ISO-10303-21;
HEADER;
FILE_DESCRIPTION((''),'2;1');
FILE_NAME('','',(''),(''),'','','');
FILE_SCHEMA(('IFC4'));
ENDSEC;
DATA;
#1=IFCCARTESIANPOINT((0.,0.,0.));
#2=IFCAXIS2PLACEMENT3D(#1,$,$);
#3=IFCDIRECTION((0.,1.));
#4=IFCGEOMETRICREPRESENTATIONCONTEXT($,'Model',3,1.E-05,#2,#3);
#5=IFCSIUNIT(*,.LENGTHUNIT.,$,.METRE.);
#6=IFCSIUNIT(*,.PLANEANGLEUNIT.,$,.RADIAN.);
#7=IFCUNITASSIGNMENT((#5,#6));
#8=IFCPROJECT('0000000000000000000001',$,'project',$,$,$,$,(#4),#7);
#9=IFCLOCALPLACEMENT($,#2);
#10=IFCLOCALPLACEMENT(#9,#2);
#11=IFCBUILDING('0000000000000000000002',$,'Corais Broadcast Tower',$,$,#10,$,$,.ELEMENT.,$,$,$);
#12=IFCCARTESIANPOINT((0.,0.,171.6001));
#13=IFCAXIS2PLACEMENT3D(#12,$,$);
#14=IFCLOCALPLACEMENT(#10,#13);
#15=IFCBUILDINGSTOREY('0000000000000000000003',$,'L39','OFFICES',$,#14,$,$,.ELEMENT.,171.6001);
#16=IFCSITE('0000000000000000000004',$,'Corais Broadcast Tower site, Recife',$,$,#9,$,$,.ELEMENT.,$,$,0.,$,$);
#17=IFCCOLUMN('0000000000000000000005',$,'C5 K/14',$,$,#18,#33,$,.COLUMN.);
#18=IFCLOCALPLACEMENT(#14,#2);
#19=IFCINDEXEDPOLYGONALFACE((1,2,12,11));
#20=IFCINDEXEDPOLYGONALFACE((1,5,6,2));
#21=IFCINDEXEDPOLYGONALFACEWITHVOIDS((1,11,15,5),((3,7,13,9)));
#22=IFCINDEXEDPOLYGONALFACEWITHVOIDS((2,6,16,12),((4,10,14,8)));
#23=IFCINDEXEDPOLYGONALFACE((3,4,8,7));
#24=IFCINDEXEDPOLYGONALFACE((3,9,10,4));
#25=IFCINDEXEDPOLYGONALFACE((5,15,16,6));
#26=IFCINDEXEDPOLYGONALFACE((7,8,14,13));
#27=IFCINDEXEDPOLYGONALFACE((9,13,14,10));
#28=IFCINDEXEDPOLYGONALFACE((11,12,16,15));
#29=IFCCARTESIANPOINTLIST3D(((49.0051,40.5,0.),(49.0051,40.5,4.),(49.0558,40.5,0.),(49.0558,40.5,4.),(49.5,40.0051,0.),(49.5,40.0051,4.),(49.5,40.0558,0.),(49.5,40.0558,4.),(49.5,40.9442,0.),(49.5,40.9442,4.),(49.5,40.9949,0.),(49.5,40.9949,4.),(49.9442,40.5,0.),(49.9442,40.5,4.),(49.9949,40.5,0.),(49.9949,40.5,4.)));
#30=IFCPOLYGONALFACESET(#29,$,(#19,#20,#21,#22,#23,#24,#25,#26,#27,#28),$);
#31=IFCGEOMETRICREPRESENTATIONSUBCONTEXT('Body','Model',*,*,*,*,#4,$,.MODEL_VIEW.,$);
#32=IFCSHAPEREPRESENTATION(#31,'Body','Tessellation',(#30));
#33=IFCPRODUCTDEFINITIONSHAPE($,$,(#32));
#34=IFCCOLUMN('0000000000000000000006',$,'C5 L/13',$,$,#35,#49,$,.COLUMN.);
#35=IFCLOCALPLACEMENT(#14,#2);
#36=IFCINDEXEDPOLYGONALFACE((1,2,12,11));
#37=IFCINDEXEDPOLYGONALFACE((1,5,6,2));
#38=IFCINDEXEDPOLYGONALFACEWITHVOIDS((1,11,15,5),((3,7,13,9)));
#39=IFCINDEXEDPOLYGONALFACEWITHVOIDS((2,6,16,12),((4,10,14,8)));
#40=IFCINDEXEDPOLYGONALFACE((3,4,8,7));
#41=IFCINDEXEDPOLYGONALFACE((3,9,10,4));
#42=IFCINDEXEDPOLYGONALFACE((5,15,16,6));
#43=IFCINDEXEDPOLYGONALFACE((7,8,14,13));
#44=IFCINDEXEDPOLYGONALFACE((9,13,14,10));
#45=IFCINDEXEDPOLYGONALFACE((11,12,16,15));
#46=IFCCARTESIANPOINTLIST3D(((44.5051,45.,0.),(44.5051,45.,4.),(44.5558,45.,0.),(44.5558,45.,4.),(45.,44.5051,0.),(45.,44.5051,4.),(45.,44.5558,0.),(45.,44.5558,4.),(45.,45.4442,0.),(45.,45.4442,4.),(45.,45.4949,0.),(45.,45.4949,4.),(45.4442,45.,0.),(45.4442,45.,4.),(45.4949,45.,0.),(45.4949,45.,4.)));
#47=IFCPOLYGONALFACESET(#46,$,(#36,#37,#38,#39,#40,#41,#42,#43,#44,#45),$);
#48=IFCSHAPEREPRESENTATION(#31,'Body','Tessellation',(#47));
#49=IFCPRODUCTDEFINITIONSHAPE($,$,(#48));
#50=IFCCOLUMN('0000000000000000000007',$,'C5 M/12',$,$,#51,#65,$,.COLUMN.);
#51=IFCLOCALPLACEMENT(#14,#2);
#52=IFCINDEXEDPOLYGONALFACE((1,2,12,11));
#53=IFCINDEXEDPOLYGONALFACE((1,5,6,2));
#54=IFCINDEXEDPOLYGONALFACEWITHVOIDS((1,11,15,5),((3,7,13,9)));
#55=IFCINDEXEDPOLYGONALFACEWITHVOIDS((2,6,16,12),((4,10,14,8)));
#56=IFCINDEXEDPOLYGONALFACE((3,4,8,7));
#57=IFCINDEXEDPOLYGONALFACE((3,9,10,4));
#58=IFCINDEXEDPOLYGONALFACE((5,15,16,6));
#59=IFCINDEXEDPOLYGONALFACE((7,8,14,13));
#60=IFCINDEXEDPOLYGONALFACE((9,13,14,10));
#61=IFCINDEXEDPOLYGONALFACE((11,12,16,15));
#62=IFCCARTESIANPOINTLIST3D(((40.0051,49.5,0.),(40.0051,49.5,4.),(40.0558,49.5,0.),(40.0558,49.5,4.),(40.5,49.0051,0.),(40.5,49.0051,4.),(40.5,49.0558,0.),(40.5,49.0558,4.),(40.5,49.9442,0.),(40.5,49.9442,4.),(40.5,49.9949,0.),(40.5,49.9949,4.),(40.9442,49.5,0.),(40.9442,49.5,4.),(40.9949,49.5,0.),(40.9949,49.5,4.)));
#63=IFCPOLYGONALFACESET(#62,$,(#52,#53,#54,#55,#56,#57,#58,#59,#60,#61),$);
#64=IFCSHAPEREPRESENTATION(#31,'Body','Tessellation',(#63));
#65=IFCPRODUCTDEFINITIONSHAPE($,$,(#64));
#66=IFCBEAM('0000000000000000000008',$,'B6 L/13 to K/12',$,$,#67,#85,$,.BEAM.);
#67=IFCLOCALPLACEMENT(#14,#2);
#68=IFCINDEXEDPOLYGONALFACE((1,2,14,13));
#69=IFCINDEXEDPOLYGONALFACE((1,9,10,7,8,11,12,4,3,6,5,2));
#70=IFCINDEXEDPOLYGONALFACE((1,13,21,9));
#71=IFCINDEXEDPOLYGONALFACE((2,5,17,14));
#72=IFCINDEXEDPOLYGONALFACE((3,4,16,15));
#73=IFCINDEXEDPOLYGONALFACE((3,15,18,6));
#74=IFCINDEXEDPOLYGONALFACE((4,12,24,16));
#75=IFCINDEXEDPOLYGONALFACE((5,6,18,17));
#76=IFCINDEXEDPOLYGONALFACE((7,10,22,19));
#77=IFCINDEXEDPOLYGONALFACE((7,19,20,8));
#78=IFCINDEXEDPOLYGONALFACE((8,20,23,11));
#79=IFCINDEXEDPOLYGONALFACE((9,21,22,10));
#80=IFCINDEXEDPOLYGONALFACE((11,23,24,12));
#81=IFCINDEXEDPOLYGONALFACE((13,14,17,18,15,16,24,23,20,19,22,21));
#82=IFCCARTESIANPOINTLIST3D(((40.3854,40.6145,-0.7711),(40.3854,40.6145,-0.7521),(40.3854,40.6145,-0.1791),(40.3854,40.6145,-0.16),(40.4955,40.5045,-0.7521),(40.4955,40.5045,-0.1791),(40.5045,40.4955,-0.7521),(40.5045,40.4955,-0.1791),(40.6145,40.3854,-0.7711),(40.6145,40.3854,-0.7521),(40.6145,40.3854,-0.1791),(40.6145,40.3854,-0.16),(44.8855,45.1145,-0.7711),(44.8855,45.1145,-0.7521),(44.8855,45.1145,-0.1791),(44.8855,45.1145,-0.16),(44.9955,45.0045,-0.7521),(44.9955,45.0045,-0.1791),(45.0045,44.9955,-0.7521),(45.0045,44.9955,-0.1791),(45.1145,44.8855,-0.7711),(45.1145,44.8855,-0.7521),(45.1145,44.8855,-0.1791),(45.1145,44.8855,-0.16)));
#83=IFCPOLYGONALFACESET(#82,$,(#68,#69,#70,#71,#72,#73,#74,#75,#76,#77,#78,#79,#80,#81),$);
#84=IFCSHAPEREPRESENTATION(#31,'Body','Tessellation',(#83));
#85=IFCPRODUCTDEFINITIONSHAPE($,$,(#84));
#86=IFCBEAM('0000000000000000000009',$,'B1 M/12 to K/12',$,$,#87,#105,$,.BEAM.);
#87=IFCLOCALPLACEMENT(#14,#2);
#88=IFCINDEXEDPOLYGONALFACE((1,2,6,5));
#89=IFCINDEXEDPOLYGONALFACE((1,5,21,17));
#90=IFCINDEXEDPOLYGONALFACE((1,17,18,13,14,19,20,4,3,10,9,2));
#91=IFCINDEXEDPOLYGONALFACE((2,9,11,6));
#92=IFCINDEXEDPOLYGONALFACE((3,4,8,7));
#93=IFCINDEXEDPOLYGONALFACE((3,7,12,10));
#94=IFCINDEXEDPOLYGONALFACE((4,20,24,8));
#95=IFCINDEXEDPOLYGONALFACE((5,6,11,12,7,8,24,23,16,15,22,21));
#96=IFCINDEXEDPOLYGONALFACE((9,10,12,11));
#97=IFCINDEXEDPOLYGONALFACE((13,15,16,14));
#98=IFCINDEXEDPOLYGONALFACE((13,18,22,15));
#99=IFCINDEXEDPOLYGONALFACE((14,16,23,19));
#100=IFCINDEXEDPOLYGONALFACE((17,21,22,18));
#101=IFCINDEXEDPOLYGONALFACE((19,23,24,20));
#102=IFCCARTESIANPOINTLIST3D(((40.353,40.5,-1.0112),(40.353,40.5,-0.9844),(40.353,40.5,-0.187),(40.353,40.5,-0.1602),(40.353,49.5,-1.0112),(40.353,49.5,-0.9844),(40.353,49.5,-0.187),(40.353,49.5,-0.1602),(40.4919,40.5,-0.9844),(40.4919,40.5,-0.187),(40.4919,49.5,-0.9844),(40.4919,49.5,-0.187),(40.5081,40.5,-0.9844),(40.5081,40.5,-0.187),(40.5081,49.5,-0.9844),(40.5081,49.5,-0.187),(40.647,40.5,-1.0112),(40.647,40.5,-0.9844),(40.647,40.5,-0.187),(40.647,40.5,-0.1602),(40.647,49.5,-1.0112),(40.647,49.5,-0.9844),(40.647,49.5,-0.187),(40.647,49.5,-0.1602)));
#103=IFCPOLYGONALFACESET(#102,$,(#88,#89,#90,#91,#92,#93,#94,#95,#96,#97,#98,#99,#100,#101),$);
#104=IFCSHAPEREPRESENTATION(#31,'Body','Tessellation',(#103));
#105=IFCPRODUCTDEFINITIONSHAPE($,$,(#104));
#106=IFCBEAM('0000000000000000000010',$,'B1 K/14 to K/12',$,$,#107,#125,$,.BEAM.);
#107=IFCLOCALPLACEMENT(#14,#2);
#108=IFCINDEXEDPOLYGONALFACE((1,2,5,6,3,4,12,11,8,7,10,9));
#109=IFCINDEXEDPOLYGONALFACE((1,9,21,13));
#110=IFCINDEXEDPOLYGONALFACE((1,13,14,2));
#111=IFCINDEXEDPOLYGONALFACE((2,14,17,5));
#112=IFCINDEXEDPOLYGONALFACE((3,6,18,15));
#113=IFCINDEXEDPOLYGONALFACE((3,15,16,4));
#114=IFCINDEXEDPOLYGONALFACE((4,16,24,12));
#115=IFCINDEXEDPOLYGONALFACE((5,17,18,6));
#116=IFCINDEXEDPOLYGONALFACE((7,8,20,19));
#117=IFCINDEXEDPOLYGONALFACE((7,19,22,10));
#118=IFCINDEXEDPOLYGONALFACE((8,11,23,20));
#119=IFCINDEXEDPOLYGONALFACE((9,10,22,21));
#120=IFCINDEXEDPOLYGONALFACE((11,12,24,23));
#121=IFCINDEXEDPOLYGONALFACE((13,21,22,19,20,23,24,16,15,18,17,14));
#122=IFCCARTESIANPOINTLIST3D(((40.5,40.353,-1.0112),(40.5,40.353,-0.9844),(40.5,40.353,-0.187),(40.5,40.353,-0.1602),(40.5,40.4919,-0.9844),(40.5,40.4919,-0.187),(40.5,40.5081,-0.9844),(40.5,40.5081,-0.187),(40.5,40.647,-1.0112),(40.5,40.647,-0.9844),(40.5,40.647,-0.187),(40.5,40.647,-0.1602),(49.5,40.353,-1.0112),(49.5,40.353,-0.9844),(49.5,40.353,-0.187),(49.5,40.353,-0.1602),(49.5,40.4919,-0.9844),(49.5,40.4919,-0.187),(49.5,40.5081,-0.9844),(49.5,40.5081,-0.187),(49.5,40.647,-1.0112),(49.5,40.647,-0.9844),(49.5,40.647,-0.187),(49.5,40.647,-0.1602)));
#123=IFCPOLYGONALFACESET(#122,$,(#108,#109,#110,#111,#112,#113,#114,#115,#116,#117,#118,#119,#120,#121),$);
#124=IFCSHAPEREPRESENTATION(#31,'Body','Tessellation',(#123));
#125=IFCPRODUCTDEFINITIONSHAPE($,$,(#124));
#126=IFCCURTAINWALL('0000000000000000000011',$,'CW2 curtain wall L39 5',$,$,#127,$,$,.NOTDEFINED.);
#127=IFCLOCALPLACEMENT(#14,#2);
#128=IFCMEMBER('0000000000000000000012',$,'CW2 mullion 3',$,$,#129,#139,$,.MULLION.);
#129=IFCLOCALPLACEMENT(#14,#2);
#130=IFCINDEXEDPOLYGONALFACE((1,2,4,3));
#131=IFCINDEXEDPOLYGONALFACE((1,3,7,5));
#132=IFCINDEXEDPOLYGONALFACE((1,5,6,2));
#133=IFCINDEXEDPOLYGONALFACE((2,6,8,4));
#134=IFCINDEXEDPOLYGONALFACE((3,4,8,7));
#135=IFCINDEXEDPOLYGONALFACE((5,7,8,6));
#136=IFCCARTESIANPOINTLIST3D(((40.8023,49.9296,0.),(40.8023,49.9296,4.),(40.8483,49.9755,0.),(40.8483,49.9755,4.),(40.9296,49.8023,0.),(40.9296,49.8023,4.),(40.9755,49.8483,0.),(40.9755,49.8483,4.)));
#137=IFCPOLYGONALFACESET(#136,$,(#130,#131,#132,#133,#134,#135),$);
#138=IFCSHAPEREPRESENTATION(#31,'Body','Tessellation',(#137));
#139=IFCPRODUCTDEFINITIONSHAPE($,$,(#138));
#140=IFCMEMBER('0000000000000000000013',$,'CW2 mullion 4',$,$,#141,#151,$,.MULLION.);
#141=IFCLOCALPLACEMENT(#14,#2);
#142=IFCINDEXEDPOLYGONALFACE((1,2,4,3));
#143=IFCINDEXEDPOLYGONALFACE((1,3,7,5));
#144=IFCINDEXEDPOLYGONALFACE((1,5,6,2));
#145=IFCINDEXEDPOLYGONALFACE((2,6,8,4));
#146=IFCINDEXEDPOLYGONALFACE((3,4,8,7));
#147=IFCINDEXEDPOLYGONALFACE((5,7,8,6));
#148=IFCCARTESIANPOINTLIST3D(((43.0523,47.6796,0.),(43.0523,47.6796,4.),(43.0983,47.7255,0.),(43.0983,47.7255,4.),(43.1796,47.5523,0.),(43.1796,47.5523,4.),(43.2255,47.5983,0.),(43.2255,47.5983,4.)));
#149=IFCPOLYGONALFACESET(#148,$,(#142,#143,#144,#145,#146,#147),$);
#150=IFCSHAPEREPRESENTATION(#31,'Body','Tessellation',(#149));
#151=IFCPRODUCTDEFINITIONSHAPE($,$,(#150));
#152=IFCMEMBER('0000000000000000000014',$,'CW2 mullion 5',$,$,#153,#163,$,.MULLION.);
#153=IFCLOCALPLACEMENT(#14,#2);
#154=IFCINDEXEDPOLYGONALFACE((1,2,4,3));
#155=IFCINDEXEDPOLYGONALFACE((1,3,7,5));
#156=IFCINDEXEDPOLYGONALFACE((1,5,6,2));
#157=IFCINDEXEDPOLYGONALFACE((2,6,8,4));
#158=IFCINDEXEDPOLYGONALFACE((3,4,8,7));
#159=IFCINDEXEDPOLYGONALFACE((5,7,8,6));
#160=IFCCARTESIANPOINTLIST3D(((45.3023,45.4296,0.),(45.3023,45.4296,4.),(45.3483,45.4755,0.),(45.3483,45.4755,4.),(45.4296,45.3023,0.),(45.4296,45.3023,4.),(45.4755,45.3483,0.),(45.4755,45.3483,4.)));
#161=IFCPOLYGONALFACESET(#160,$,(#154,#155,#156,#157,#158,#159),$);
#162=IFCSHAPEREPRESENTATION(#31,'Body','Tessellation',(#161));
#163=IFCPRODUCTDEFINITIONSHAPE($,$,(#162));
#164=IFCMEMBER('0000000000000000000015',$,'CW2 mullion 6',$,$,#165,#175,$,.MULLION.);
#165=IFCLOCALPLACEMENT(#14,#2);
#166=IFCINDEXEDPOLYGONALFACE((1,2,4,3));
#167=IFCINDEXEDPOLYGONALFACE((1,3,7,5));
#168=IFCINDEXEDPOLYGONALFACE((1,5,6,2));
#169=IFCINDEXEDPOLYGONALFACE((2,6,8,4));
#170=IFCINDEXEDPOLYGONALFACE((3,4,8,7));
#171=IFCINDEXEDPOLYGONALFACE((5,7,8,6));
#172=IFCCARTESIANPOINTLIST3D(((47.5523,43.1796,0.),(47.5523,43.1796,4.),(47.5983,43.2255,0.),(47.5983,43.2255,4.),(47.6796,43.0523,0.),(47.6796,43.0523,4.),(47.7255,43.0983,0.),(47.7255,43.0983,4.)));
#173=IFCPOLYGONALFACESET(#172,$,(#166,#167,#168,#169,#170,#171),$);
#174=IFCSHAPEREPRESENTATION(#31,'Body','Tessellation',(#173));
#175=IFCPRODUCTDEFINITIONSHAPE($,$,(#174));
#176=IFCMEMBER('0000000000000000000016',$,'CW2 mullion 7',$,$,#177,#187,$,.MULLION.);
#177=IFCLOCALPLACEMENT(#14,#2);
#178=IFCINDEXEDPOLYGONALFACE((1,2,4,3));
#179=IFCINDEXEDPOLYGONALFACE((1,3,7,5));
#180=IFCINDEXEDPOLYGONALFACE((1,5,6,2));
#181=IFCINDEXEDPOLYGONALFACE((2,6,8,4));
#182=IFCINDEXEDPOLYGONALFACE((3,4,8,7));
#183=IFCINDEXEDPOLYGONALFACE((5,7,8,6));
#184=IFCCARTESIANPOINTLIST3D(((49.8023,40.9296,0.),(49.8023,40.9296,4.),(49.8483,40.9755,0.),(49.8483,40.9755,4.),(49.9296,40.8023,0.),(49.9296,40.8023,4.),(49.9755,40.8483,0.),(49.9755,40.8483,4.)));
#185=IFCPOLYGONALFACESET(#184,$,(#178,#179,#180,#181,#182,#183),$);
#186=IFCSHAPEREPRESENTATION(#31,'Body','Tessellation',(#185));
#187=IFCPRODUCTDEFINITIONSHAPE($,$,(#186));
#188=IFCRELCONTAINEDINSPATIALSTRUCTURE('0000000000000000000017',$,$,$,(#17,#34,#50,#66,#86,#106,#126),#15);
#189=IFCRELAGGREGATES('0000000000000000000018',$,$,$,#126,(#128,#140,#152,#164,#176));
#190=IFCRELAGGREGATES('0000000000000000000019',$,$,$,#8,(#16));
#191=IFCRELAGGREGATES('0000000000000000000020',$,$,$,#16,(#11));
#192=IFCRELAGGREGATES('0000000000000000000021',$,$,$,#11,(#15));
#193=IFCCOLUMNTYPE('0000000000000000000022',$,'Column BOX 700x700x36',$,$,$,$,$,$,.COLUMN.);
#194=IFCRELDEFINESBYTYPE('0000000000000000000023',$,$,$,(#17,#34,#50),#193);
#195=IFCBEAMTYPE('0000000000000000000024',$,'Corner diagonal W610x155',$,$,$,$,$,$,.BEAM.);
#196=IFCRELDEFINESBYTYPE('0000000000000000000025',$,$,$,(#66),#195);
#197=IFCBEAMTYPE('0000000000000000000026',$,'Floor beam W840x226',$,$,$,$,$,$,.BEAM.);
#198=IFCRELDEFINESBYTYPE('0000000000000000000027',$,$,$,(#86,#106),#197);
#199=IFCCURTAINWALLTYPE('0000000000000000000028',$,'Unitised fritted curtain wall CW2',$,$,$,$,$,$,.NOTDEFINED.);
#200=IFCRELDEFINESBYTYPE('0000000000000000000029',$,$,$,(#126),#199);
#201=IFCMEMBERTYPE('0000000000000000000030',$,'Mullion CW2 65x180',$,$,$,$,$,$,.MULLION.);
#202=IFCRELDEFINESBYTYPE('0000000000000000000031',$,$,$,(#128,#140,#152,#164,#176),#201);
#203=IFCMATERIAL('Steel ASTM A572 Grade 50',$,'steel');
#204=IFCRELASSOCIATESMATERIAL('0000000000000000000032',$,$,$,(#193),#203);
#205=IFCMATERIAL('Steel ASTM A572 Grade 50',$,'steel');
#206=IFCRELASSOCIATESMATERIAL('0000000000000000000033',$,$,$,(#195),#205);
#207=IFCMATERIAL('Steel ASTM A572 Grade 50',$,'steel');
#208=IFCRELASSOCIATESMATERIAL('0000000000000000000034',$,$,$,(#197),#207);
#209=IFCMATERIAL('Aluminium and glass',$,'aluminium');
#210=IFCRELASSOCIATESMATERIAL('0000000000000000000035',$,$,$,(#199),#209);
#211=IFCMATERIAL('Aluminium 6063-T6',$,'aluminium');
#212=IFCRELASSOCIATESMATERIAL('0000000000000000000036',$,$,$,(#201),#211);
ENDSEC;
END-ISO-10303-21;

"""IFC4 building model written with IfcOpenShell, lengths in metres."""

from ifc_helpers import new_model, si_unit, direction, frame, origin, origin_2d, place, context, subcontext, project, spatial, rectangle, hollow_rectangle, i_section, extrude, material, material_profile, profile_set, type_object, element, aggregate, save


model = new_model("IFC4")

# Units and contexts
model_context = context("Model", 3, precision=1e-05, world=origin(), true_north=direction((0.0, 1.0)))
body_context = subcontext(model_context, "Body", "Model", "MODEL_VIEW")
ifc_project = project(units=[si_unit("LENGTHUNIT", "METRE"), si_unit("PLANEANGLEUNIT", "RADIAN")], contexts=[model_context])

# Site, building, storey
site_placement = place(None, origin())
site = spatial("IfcSite", under=ifc_project, at=site_placement, Name="Corais Broadcast Tower site, Recife", CompositionType="ELEMENT", RefElevation=0.0)
building_placement = place(site_placement, origin())
building = spatial("IfcBuilding", under=site, at=building_placement, Name="Corais Broadcast Tower", CompositionType="ELEMENT")
storey_placement = place(building_placement, frame((0.0, 0.0, 171.6001)))
storey = spatial("IfcBuildingStorey", under=building, at=storey_placement, Name="L39", Description="OFFICES", CompositionType="ELEMENT", Elevation=171.6001)

# Columns
ifc_material_1 = material(Name="Steel ASTM A572 Grade 50", Category="steel")
ifc_material_profile_1 = material_profile(ifc_material_1, hollow_rectangle(XDim=0.7, YDim=0.7, WallThickness=0.0359, at=origin_2d()), Name="BOX 700x700x36")
ifc_profile_set_1 = profile_set([ifc_material_profile_1], Name="Steel ASTM A572 Grade 50")
column_type = type_object("IfcColumnType", Name="Column BOX 700x700x36", PredefinedType="COLUMN", material=ifc_profile_set_1)
for number, where, z_axis, x_axis, name in (
    (1, (49.5, 40.5, 0.0), (0.0, 0.0, 1.0), (0.707107, 0.707107, 0.0), "C5 K/14"),
    (2, (45.0, 45.0, 0.0), (0.0, 0.0, 1.0), (0.707107, 0.707107, 0.0), "C5 L/13"),
    (3, (40.5, 49.5, 0.0), (0.0, 0.0, 1.0), (0.707107, 0.707107, 0.0), "C5 M/12"),
):
    element("IfcColumn", number, at=place(storey_placement, frame(where, z_axis=z_axis, x_axis=x_axis)), inside=storey, type_object=column_type, Name=name, PredefinedType="COLUMN", context=body_context, shape_type="SweptSolid", body=[
        extrude(hollow_rectangle(XDim=0.7, YDim=0.7, WallThickness=0.0359, at=origin_2d()), origin(), (0.0, 0.0, 1.0), 4.0),
    ])

# Beams
ifc_material_2 = material(Name="Steel ASTM A572 Grade 50", Category="steel")
ifc_material_profile_2 = material_profile(ifc_material_2, i_section(OverallWidth=0.324, OverallDepth=0.6111, WebThickness=0.0127, FlangeThickness=0.019, at=origin_2d()), Name="W610x155")
ifc_profile_set_2 = profile_set([ifc_material_profile_2], Name="Steel ASTM A572 Grade 50")
beam_type_1 = type_object("IfcBeamType", Name="Corner diagonal W610x155", PredefinedType="BEAM", material=ifc_profile_set_2)
beam_placement = place(storey_placement, frame((45.0, 45.0, -0.4656), z_axis=(-0.707107, -0.707107, 0.0), x_axis=(0.707107, -0.707107, 0.0)))
element("IfcBeam", 4, at=beam_placement, inside=storey, type_object=beam_type_1, Name="B6 L/13 to K/12", PredefinedType="BEAM", context=body_context, shape_type="SweptSolid", body=[
    extrude(i_section(OverallWidth=0.324, OverallDepth=0.6111, WebThickness=0.0127, FlangeThickness=0.019, at=origin_2d()), origin(), (0.0, 0.0, 1.0), 6.364),
])
ifc_material_3 = material(Name="Steel ASTM A572 Grade 50", Category="steel")
ifc_material_profile_3 = material_profile(ifc_material_3, i_section(OverallWidth=0.2939, OverallDepth=0.8511, WebThickness=0.0161, FlangeThickness=0.0269, at=origin_2d()), Name="W840x226")
ifc_profile_set_3 = profile_set([ifc_material_profile_3], Name="Steel ASTM A572 Grade 50")
beam_type_2 = type_object("IfcBeamType", Name="Floor beam W840x226", PredefinedType="BEAM", material=ifc_profile_set_3)
for number, where, z_axis, x_axis, name in (
    (5, (40.5, 49.5, -0.5857), (0.0, -1.0, 0.0), (1.0, 0.0, 0.0), "B1 M/12 to K/12"),
    (6, (49.5, 40.5, -0.5857), (-1.0, 0.0, 0.0), (0.0, -1.0, 0.0), "B1 K/14 to K/12"),
):
    element("IfcBeam", number, at=place(storey_placement, frame(where, z_axis=z_axis, x_axis=x_axis)), inside=storey, type_object=beam_type_2, Name=name, PredefinedType="BEAM", context=body_context, shape_type="SweptSolid", body=[
        extrude(i_section(OverallWidth=0.2939, OverallDepth=0.8511, WebThickness=0.0161, FlangeThickness=0.0269, at=origin_2d()), origin(), (0.0, 0.0, 1.0), 9.0),
    ])

# Curtain wall, members
ifc_material_4 = material(Name="Aluminium and glass", Category="aluminium")
curtain_wall_type = type_object("IfcCurtainWallType", Name="Unitised fritted curtain wall CW2", PredefinedType="NOTDEFINED", material=ifc_material_4)
curtain_wall_placement = place(storey_placement, origin())
curtain_wall = element("IfcCurtainWall", 7, at=curtain_wall_placement, inside=storey, type_object=curtain_wall_type, Name="CW2 curtain wall L39 5", PredefinedType="NOTDEFINED")
ifc_material_5 = material(Name="Aluminium 6063-T6", Category="aluminium")
ifc_material_profile_4 = material_profile(ifc_material_5, rectangle(XDim=0.0649, YDim=0.1799, at=origin_2d()), Name="Mullion CW2 65x180")
ifc_profile_set_4 = profile_set([ifc_material_profile_4], Name="Aluminium 6063-T6")
member_type_1 = type_object("IfcMemberType", Name="Mullion CW2 65x180", PredefinedType="MULLION", material=ifc_profile_set_4)
member_1_placement = place(storey_placement, frame((40.8889, 49.8889, 0.0), z_axis=(0.0, 0.0, 1.0), x_axis=(0.707107, 0.707107, 0.0)))
member_1 = element("IfcMember", 8, at=member_1_placement, type_object=member_type_1, Name="CW2 mullion 3", PredefinedType="MULLION", context=body_context, shape_type="SweptSolid", body=[
    extrude(rectangle(XDim=0.0649, YDim=0.1799, at=origin_2d()), origin(), (0.0, 0.0, 1.0), 4.0),
])
member_2_placement = place(storey_placement, frame((43.1389, 47.6389, 0.0), z_axis=(0.0, 0.0, 1.0), x_axis=(0.707107, 0.707107, 0.0)))
member_2 = element("IfcMember", 9, at=member_2_placement, type_object=member_type_1, Name="CW2 mullion 4", PredefinedType="MULLION", context=body_context, shape_type="SweptSolid", body=[
    extrude(rectangle(XDim=0.0649, YDim=0.1799, at=origin_2d()), origin(), (0.0, 0.0, 1.0), 4.0),
])
member_3_placement = place(storey_placement, frame((45.3889, 45.3889, 0.0), z_axis=(0.0, 0.0, 1.0), x_axis=(0.707107, 0.707107, 0.0)))
member_3 = element("IfcMember", 10, at=member_3_placement, type_object=member_type_1, Name="CW2 mullion 5", PredefinedType="MULLION", context=body_context, shape_type="SweptSolid", body=[
    extrude(rectangle(XDim=0.0649, YDim=0.1799, at=origin_2d()), origin(), (0.0, 0.0, 1.0), 4.0),
])
member_4_placement = place(storey_placement, frame((47.6389, 43.1389, 0.0), z_axis=(0.0, 0.0, 1.0), x_axis=(0.707107, 0.707107, 0.0)))
member_4 = element("IfcMember", 11, at=member_4_placement, type_object=member_type_1, Name="CW2 mullion 6", PredefinedType="MULLION", context=body_context, shape_type="SweptSolid", body=[
    extrude(rectangle(XDim=0.0649, YDim=0.1799, at=origin_2d()), origin(), (0.0, 0.0, 1.0), 4.0),
])
member_5_placement = place(storey_placement, frame((49.8889, 40.8889, 0.0), z_axis=(0.0, 0.0, 1.0), x_axis=(0.707107, 0.707107, 0.0)))
member_5 = element("IfcMember", 12, at=member_5_placement, type_object=member_type_1, Name="CW2 mullion 7", PredefinedType="MULLION", context=body_context, shape_type="SweptSolid", body=[
    extrude(rectangle(XDim=0.0649, YDim=0.1799, at=origin_2d()), origin(), (0.0, 0.0, 1.0), 4.0),
])

aggregate(curtain_wall, [member_1, member_2, member_3, member_4, member_5])

save(model, "model.ifc")
